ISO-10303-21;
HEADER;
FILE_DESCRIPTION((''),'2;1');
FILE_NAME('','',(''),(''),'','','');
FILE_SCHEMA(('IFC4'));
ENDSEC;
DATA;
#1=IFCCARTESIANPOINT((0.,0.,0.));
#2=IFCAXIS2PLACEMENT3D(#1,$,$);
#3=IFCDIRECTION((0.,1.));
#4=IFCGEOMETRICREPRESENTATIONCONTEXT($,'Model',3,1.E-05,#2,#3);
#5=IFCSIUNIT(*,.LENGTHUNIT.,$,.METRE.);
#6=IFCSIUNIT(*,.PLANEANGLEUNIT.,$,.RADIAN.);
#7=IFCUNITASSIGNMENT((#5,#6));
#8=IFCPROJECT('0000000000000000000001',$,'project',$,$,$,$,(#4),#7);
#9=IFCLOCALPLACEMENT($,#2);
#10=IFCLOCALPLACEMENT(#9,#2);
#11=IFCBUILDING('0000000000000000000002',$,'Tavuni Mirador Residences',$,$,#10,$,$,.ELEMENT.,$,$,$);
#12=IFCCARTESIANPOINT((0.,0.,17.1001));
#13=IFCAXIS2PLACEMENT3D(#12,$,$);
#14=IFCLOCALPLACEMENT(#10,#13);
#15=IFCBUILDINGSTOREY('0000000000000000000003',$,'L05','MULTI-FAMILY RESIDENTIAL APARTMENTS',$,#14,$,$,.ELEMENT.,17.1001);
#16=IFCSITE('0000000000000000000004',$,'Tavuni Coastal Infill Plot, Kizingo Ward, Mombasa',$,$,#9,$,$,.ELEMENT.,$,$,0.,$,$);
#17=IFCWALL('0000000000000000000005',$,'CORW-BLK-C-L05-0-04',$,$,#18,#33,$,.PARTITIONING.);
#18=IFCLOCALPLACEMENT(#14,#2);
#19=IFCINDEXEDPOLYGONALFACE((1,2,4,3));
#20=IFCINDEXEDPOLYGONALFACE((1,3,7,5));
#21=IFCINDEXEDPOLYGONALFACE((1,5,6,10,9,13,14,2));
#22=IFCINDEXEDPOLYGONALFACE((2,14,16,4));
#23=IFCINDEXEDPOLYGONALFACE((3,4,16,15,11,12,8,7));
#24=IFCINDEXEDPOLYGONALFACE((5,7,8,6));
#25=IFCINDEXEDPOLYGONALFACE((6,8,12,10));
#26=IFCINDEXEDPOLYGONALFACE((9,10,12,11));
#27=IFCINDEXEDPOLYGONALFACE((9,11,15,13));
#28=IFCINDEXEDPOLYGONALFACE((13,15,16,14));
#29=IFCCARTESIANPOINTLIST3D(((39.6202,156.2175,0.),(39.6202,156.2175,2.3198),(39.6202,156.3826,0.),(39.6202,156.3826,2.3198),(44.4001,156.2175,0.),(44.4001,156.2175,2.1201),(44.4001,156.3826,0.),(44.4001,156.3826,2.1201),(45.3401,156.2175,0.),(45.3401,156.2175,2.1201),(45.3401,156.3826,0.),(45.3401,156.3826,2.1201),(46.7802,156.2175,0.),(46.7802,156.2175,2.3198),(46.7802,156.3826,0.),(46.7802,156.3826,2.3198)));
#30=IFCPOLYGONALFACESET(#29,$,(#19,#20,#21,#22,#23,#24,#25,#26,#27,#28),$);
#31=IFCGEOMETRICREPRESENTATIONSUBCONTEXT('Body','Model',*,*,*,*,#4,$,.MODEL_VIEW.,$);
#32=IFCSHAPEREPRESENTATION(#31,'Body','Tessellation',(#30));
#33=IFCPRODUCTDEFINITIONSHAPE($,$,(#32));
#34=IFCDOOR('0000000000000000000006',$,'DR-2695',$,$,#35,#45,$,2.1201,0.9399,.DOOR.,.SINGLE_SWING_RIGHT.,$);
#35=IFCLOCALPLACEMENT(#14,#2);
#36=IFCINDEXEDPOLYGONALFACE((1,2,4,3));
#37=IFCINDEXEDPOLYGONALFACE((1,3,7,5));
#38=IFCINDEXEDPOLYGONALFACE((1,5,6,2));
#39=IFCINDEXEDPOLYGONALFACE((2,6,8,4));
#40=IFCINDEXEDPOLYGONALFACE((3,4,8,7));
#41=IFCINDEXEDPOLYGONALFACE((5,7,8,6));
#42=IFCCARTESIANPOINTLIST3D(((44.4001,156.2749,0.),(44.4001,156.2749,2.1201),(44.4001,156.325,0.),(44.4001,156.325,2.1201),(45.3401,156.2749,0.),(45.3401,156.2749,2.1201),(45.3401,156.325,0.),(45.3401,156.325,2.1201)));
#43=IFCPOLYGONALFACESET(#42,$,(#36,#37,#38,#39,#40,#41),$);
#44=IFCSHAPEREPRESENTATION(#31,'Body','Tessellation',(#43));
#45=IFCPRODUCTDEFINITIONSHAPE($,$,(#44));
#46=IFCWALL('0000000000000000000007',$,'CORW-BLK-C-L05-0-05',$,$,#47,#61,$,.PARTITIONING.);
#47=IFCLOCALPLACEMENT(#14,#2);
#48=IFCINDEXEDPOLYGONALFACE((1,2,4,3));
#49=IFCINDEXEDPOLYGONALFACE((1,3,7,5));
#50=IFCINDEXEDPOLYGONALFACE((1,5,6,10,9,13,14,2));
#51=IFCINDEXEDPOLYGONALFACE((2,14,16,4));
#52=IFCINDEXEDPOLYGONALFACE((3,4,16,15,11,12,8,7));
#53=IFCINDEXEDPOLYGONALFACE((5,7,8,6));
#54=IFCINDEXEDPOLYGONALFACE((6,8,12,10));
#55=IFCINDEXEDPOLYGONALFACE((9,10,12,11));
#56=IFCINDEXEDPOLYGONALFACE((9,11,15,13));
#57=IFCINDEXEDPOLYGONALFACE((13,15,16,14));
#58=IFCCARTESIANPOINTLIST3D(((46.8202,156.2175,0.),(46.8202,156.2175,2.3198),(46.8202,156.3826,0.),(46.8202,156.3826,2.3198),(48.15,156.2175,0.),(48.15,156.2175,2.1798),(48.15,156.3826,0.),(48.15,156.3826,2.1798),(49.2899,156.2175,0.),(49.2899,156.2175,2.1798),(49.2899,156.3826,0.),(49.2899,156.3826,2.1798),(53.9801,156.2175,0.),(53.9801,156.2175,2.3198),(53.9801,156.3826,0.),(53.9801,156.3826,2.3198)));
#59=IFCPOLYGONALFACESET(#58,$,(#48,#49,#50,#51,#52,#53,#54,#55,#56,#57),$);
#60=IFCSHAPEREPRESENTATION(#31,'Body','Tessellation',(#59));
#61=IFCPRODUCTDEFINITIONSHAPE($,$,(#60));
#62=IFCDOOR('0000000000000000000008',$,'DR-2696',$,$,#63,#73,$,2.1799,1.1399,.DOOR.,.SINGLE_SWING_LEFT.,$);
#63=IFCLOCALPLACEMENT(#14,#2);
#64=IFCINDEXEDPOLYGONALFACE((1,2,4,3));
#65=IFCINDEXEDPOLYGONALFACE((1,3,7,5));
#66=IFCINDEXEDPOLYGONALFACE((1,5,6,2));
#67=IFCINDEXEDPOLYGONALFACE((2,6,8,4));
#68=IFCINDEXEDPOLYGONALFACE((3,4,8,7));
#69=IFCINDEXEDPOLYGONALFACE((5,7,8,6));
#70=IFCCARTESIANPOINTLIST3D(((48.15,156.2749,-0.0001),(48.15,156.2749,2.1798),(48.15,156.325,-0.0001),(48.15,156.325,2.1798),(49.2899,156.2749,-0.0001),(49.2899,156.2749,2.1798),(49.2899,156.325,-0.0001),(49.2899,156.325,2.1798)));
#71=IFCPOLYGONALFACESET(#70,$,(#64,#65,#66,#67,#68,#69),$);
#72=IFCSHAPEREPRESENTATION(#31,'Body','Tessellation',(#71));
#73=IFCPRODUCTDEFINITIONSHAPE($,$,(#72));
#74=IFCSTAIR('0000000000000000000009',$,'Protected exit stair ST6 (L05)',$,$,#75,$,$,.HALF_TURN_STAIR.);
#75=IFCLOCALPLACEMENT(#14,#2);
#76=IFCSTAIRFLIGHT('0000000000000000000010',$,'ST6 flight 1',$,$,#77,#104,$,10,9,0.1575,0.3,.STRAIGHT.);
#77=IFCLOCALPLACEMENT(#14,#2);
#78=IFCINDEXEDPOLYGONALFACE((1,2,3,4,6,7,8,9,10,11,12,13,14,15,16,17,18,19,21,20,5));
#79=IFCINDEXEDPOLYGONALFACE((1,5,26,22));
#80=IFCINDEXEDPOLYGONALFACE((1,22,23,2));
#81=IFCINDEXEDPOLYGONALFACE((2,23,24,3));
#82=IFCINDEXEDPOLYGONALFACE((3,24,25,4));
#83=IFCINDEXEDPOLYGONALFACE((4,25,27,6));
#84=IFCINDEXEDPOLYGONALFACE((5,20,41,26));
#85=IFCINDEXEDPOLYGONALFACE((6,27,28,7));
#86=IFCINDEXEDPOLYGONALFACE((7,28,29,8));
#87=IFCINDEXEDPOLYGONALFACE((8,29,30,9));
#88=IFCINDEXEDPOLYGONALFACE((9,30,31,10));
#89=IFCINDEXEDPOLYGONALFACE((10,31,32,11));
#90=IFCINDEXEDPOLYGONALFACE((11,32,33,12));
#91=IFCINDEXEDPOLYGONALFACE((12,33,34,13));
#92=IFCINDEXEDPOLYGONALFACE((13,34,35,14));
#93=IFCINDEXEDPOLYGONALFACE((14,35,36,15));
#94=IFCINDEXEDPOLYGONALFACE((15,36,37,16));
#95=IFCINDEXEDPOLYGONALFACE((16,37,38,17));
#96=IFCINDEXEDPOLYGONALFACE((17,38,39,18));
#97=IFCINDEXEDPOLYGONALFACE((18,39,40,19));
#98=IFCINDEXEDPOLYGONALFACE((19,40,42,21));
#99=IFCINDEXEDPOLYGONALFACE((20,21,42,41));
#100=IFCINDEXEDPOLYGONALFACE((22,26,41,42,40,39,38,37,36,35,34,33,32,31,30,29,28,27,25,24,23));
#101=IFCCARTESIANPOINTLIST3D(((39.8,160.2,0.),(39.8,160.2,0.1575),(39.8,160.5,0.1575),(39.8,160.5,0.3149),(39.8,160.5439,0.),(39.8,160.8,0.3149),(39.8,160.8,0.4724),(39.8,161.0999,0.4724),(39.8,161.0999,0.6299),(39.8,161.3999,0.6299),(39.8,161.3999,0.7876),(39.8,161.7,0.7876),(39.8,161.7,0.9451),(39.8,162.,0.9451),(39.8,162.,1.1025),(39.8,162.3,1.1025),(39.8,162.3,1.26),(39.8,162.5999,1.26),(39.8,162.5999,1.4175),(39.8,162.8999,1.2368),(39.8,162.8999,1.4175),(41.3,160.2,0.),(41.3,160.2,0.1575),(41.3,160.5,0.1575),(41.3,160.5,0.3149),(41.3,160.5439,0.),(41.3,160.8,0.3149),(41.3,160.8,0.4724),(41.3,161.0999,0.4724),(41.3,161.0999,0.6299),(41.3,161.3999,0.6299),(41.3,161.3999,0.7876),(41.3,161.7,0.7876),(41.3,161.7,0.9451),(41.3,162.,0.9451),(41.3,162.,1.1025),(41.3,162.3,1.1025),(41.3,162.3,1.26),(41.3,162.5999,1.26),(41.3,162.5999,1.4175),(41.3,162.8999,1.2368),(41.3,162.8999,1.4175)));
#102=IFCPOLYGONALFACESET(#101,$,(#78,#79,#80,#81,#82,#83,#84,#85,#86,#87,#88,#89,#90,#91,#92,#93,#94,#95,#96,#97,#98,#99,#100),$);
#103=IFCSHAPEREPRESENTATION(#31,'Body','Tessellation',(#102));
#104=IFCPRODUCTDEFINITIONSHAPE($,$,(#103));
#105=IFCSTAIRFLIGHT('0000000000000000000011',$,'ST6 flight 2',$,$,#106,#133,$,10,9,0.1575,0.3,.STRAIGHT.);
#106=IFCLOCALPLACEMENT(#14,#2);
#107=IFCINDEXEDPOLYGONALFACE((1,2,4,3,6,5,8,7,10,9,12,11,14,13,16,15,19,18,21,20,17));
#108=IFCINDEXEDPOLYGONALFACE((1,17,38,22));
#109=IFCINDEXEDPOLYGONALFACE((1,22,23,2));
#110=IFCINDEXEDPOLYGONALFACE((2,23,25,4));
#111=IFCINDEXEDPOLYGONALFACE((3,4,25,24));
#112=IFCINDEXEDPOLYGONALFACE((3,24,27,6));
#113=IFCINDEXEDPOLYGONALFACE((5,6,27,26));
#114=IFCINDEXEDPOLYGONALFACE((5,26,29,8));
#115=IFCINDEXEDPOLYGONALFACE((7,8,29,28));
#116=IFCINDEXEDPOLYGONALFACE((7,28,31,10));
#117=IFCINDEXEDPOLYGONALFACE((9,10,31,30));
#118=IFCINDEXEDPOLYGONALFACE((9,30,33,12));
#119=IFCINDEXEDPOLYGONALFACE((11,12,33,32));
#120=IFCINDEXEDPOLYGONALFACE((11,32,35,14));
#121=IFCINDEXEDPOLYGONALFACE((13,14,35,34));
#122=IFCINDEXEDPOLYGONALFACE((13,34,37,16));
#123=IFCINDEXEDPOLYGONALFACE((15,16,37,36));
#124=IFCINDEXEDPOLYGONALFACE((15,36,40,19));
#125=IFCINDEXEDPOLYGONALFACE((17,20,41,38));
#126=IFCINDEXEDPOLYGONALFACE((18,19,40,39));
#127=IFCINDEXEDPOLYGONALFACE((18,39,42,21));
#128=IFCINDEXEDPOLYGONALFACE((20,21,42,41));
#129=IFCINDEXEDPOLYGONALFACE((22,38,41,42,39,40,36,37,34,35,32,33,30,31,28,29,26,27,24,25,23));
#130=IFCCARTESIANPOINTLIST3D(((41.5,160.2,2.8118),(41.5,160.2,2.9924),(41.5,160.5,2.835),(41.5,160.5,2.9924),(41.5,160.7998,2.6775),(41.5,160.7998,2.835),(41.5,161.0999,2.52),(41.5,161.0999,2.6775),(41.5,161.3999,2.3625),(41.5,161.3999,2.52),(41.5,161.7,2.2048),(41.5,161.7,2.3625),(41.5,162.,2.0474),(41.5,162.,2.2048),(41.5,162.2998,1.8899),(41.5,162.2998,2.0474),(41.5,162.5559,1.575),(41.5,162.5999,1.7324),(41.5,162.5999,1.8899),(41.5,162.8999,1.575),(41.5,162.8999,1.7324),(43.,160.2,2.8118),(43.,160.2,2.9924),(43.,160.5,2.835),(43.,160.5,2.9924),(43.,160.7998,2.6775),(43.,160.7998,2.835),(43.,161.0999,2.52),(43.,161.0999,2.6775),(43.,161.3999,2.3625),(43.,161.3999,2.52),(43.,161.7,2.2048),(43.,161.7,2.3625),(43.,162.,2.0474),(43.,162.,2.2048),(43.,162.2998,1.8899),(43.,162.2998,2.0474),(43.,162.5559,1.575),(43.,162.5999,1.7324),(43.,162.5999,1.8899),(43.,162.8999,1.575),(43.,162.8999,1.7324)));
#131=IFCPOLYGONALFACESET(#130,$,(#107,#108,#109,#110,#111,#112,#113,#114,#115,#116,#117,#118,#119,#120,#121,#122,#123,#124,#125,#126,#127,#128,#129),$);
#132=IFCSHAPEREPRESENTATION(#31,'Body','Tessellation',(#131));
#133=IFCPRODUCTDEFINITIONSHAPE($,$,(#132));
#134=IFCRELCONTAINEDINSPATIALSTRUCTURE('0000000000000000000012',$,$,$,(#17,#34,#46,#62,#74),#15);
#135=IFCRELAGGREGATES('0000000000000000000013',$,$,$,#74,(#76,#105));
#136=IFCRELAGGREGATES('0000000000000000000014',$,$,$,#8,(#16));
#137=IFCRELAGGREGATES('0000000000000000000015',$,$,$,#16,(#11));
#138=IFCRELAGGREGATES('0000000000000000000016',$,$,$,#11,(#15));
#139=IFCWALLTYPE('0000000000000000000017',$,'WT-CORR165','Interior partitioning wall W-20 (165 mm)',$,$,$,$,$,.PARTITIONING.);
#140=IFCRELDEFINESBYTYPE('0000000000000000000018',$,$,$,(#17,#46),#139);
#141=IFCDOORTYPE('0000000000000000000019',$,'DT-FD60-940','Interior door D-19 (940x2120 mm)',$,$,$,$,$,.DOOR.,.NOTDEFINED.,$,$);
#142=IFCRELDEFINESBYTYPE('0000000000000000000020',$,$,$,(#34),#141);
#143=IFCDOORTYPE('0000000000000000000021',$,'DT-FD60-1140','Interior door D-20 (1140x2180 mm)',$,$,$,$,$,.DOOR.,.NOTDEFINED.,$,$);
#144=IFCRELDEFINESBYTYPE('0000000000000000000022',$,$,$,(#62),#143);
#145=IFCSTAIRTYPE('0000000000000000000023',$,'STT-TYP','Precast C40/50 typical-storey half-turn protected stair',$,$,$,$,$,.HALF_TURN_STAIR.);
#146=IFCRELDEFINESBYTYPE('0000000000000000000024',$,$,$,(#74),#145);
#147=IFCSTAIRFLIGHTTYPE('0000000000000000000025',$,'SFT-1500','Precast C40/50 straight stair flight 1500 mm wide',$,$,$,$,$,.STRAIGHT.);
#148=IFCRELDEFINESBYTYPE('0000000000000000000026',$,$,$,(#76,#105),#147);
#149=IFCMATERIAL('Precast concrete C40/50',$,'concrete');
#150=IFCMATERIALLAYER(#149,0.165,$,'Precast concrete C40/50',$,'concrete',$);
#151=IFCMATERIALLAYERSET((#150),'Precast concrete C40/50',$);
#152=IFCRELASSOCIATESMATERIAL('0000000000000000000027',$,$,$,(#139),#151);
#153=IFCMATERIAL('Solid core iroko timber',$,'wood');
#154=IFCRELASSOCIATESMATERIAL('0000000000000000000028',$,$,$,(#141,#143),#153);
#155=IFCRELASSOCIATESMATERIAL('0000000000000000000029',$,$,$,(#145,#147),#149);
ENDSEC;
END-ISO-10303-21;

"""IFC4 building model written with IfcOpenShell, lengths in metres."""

from ifc_helpers import new_model, si_unit, direction, frame, frame_2d, origin, place, context, subcontext, project, spatial, polyline, rectangle, outline, extrude, material, layer, layer_set, type_object, element, fill, aggregate, save


model = new_model("IFC4")

# Units and contexts
model_context = context("Model", 3, precision=1e-05, world=origin(), true_north=direction((0.0, 1.0)))
body_context = subcontext(model_context, "Body", "Model", "MODEL_VIEW")
ifc_project = project(units=[si_unit("LENGTHUNIT", "METRE"), si_unit("PLANEANGLEUNIT", "RADIAN")], contexts=[model_context])

# Site, building, storey
site_placement = place(None, origin())
site = spatial("IfcSite", under=ifc_project, at=site_placement, Name="Tavuni Coastal Infill Plot, Kizingo Ward, Mombasa", CompositionType="ELEMENT", RefElevation=0.0)
building_placement = place(site_placement, origin())
building = spatial("IfcBuilding", under=site, at=building_placement, Name="Tavuni Mirador Residences", CompositionType="ELEMENT")
storey_placement = place(building_placement, frame((0.0, 0.0, 17.1001)))
storey = spatial("IfcBuildingStorey", under=building, at=storey_placement, Name="L05", Description="MULTI-FAMILY RESIDENTIAL APARTMENTS", CompositionType="ELEMENT", Elevation=17.1001)

# Shared definitions
ifc_material_1 = material(Name="Precast concrete C40/50", Category="concrete")

# Shared definitions
ifc_material_2 = material(Name="Solid core iroko timber", Category="wood")

# Walls, openings, doors
ifc_layer_1 = layer(ifc_material_1, 0.165, Name="Precast concrete C40/50", Category="concrete")
ifc_layer_set_1 = layer_set([ifc_layer_1], Name="Precast concrete C40/50")
wall_type_1 = type_object("IfcWallType", Name="WT-CORR165", Description="Interior partitioning wall W-20 (165 mm)", PredefinedType="PARTITIONING", material=ifc_layer_set_1)
wall_1_placement = place(storey_placement, frame((39.6201, 156.3, 0.0), z_axis=(0.0, 0.0, 1.0), x_axis=(1.0, 0.0, 0.0)))
wall_1 = element("IfcWall", 1, at=wall_1_placement, inside=storey, type_object=wall_type_1, Name="CORW-BLK-C-L05-0-04", PredefinedType="PARTITIONING", context=body_context, shape_type="SweptSolid", body=[
    extrude(rectangle(XDim=7.1599, YDim=0.165, at=frame_2d((3.5801, 0.0))), origin(), (0.0, 0.0, 1.0), 2.3198),
])
opening_1_placement = place(wall_1_placement, frame((4.78, 0.0, 0.0)))
opening_1 = element("IfcOpeningElement", 2, at=opening_1_placement, cuts=wall_1, PredefinedType="OPENING", context=body_context, shape_type="SweptSolid", body=[
    extrude(rectangle(XDim=0.9399, YDim=2.1201, at=frame_2d((0.47, 1.0601))), frame((0.0, 0.0925, 0.0), z_axis=(0.0, -1.0, 0.0), x_axis=(1.0, 0.0, 0.0)), (0.0, 0.0, 1.0), 0.1851),
])
door_type_1 = type_object("IfcDoorType", Name="DT-FD60-940", Description="Interior door D-19 (940x2120 mm)", OperationType="NOTDEFINED", PredefinedType="DOOR", material=ifc_material_2)
door_1_placement = place(opening_1_placement, origin())
door_1 = element("IfcDoor", 3, at=door_1_placement, inside=storey, type_object=door_type_1, Name="DR-2695", OperationType="SINGLE_SWING_RIGHT", OverallHeight=2.1201, OverallWidth=0.9399, PredefinedType="DOOR", context=body_context, shape_type="SweptSolid", body=[
    extrude(rectangle(XDim=0.9399, YDim=2.1201, at=frame_2d((0.47, 1.0601))), frame((0.0, 0.0249, 0.0), z_axis=(0.0, -1.0, 0.0), x_axis=(1.0, 0.0, 0.0)), (0.0, 0.0, 1.0), 0.05),
])
fill(opening_1, door_1)
wall_2_placement = place(storey_placement, frame((46.8201, 156.3, 0.0), z_axis=(0.0, 0.0, 1.0), x_axis=(1.0, 0.0, 0.0)))
wall_2 = element("IfcWall", 4, at=wall_2_placement, inside=storey, type_object=wall_type_1, Name="CORW-BLK-C-L05-0-05", PredefinedType="PARTITIONING", context=body_context, shape_type="SweptSolid", body=[
    extrude(rectangle(XDim=7.1599, YDim=0.165, at=frame_2d((3.5801, 0.0))), origin(), (0.0, 0.0, 1.0), 2.3198),
])
opening_2_placement = place(wall_2_placement, frame((1.3301, 0.0, 0.0)))
opening_2 = element("IfcOpeningElement", 5, at=opening_2_placement, cuts=wall_2, PredefinedType="OPENING", context=body_context, shape_type="SweptSolid", body=[
    extrude(rectangle(XDim=1.1399, YDim=2.1799, at=frame_2d((0.5698, 1.0898))), frame((0.0, 0.0925, 0.0), z_axis=(0.0, -1.0, 0.0), x_axis=(1.0, 0.0, 0.0)), (0.0, 0.0, 1.0), 0.1851),
])
door_type_2 = type_object("IfcDoorType", Name="DT-FD60-1140", Description="Interior door D-20 (1140x2180 mm)", OperationType="NOTDEFINED", PredefinedType="DOOR", material=ifc_material_2)
door_2_placement = place(opening_2_placement, origin())
door_2 = element("IfcDoor", 6, at=door_2_placement, inside=storey, type_object=door_type_2, Name="DR-2696", OperationType="SINGLE_SWING_LEFT", OverallHeight=2.1799, OverallWidth=1.1399, PredefinedType="DOOR", context=body_context, shape_type="SweptSolid", body=[
    extrude(rectangle(XDim=1.1399, YDim=2.1799, at=frame_2d((0.5698, 1.0898))), frame((0.0, 0.0249, 0.0), z_axis=(0.0, -1.0, 0.0), x_axis=(1.0, 0.0, 0.0)), (0.0, 0.0, 1.0), 0.05),
])
fill(opening_2, door_2)

# Stair, stair flights
stair_type = type_object("IfcStairType", Name="STT-TYP", Description="Precast C40/50 typical-storey half-turn protected stair", PredefinedType="HALF_TURN_STAIR", material=ifc_material_1)
stair_placement = place(storey_placement, origin())
stair = element("IfcStair", 7, at=stair_placement, inside=storey, type_object=stair_type, Name="Protected exit stair ST6 (L05)", PredefinedType="HALF_TURN_STAIR")
stair_flight_type = type_object("IfcStairFlightType", Name="SFT-1500", Description="Precast C40/50 straight stair flight 1500 mm wide", PredefinedType="STRAIGHT", material=ifc_material_1)
stair_flight_1_placement = place(storey_placement, frame((40.55, 160.2, 0.0), z_axis=(0.0, 0.0, 1.0), x_axis=(0.0, 1.0, 0.0)))
stair_flight_1 = element("IfcStairFlight", 8, at=stair_flight_1_placement, type_object=stair_flight_type, Name="ST6 flight 1", NumberOfRisers=10, NumberOfTreads=9, PredefinedType="STRAIGHT", RiserHeight=0.1575, TreadLength=0.3, context=body_context, shape_type="SweptSolid", body=[
    extrude(outline(polyline([(0.0, 0.0), (0.0, 0.1575), (0.3, 0.1575), (0.3, 0.3149), (0.6001, 0.3149), (0.6001, 0.4724), (0.8999, 0.4724), (0.8999, 0.6299), (1.2, 0.6299), (1.2, 0.7876), (1.5, 0.7876), (1.5, 0.9451), (1.8, 0.9451), (1.8, 1.1025), (2.1001, 1.1025), (2.1001, 1.26), (2.3999, 1.26), (2.3999, 1.4175), (2.7, 1.4175), (2.7, 1.575), (2.7, 1.2368), (0.344, 0.0), (0.0, 0.0)])), frame((0.0, 0.75, 0.0), z_axis=(0.0, -1.0, 0.0), x_axis=(1.0, 0.0, 0.0)), (0.0, 0.0, 1.0), 1.5),
])
stair_flight_2_placement = place(storey_placement, frame((42.25, 162.8999, 1.575), z_axis=(0.0, 0.0, 1.0), x_axis=(0.0, -1.0, 0.0)))
stair_flight_2 = element("IfcStairFlight", 9, at=stair_flight_2_placement, type_object=stair_flight_type, Name="ST6 flight 2", NumberOfRisers=10, NumberOfTreads=9, PredefinedType="STRAIGHT", RiserHeight=0.1575, TreadLength=0.3, context=body_context, shape_type="SweptSolid", body=[
    extrude(outline(polyline([(0.0, 0.0), (0.0, 0.1575), (0.3, 0.1575), (0.3, 0.3149), (0.6001, 0.3149), (0.6001, 0.4724), (0.8999, 0.4724), (0.8999, 0.6299), (1.2, 0.6299), (1.2, 0.7876), (1.5, 0.7876), (1.5, 0.9451), (1.8, 0.9451), (1.8, 1.1025), (2.1001, 1.1025), (2.1001, 1.26), (2.3999, 1.26), (2.3999, 1.4175), (2.7, 1.4175), (2.7, 1.575), (2.7, 1.2368), (0.344, 0.0), (0.0, 0.0)])), frame((0.0, 0.75, 0.0), z_axis=(0.0, -1.0, 0.0), x_axis=(1.0, 0.0, 0.0)), (0.0, 0.0, 1.0), 1.5),
])
aggregate(stair, [stair_flight_1, stair_flight_2])

save(model, "model.ifc")
